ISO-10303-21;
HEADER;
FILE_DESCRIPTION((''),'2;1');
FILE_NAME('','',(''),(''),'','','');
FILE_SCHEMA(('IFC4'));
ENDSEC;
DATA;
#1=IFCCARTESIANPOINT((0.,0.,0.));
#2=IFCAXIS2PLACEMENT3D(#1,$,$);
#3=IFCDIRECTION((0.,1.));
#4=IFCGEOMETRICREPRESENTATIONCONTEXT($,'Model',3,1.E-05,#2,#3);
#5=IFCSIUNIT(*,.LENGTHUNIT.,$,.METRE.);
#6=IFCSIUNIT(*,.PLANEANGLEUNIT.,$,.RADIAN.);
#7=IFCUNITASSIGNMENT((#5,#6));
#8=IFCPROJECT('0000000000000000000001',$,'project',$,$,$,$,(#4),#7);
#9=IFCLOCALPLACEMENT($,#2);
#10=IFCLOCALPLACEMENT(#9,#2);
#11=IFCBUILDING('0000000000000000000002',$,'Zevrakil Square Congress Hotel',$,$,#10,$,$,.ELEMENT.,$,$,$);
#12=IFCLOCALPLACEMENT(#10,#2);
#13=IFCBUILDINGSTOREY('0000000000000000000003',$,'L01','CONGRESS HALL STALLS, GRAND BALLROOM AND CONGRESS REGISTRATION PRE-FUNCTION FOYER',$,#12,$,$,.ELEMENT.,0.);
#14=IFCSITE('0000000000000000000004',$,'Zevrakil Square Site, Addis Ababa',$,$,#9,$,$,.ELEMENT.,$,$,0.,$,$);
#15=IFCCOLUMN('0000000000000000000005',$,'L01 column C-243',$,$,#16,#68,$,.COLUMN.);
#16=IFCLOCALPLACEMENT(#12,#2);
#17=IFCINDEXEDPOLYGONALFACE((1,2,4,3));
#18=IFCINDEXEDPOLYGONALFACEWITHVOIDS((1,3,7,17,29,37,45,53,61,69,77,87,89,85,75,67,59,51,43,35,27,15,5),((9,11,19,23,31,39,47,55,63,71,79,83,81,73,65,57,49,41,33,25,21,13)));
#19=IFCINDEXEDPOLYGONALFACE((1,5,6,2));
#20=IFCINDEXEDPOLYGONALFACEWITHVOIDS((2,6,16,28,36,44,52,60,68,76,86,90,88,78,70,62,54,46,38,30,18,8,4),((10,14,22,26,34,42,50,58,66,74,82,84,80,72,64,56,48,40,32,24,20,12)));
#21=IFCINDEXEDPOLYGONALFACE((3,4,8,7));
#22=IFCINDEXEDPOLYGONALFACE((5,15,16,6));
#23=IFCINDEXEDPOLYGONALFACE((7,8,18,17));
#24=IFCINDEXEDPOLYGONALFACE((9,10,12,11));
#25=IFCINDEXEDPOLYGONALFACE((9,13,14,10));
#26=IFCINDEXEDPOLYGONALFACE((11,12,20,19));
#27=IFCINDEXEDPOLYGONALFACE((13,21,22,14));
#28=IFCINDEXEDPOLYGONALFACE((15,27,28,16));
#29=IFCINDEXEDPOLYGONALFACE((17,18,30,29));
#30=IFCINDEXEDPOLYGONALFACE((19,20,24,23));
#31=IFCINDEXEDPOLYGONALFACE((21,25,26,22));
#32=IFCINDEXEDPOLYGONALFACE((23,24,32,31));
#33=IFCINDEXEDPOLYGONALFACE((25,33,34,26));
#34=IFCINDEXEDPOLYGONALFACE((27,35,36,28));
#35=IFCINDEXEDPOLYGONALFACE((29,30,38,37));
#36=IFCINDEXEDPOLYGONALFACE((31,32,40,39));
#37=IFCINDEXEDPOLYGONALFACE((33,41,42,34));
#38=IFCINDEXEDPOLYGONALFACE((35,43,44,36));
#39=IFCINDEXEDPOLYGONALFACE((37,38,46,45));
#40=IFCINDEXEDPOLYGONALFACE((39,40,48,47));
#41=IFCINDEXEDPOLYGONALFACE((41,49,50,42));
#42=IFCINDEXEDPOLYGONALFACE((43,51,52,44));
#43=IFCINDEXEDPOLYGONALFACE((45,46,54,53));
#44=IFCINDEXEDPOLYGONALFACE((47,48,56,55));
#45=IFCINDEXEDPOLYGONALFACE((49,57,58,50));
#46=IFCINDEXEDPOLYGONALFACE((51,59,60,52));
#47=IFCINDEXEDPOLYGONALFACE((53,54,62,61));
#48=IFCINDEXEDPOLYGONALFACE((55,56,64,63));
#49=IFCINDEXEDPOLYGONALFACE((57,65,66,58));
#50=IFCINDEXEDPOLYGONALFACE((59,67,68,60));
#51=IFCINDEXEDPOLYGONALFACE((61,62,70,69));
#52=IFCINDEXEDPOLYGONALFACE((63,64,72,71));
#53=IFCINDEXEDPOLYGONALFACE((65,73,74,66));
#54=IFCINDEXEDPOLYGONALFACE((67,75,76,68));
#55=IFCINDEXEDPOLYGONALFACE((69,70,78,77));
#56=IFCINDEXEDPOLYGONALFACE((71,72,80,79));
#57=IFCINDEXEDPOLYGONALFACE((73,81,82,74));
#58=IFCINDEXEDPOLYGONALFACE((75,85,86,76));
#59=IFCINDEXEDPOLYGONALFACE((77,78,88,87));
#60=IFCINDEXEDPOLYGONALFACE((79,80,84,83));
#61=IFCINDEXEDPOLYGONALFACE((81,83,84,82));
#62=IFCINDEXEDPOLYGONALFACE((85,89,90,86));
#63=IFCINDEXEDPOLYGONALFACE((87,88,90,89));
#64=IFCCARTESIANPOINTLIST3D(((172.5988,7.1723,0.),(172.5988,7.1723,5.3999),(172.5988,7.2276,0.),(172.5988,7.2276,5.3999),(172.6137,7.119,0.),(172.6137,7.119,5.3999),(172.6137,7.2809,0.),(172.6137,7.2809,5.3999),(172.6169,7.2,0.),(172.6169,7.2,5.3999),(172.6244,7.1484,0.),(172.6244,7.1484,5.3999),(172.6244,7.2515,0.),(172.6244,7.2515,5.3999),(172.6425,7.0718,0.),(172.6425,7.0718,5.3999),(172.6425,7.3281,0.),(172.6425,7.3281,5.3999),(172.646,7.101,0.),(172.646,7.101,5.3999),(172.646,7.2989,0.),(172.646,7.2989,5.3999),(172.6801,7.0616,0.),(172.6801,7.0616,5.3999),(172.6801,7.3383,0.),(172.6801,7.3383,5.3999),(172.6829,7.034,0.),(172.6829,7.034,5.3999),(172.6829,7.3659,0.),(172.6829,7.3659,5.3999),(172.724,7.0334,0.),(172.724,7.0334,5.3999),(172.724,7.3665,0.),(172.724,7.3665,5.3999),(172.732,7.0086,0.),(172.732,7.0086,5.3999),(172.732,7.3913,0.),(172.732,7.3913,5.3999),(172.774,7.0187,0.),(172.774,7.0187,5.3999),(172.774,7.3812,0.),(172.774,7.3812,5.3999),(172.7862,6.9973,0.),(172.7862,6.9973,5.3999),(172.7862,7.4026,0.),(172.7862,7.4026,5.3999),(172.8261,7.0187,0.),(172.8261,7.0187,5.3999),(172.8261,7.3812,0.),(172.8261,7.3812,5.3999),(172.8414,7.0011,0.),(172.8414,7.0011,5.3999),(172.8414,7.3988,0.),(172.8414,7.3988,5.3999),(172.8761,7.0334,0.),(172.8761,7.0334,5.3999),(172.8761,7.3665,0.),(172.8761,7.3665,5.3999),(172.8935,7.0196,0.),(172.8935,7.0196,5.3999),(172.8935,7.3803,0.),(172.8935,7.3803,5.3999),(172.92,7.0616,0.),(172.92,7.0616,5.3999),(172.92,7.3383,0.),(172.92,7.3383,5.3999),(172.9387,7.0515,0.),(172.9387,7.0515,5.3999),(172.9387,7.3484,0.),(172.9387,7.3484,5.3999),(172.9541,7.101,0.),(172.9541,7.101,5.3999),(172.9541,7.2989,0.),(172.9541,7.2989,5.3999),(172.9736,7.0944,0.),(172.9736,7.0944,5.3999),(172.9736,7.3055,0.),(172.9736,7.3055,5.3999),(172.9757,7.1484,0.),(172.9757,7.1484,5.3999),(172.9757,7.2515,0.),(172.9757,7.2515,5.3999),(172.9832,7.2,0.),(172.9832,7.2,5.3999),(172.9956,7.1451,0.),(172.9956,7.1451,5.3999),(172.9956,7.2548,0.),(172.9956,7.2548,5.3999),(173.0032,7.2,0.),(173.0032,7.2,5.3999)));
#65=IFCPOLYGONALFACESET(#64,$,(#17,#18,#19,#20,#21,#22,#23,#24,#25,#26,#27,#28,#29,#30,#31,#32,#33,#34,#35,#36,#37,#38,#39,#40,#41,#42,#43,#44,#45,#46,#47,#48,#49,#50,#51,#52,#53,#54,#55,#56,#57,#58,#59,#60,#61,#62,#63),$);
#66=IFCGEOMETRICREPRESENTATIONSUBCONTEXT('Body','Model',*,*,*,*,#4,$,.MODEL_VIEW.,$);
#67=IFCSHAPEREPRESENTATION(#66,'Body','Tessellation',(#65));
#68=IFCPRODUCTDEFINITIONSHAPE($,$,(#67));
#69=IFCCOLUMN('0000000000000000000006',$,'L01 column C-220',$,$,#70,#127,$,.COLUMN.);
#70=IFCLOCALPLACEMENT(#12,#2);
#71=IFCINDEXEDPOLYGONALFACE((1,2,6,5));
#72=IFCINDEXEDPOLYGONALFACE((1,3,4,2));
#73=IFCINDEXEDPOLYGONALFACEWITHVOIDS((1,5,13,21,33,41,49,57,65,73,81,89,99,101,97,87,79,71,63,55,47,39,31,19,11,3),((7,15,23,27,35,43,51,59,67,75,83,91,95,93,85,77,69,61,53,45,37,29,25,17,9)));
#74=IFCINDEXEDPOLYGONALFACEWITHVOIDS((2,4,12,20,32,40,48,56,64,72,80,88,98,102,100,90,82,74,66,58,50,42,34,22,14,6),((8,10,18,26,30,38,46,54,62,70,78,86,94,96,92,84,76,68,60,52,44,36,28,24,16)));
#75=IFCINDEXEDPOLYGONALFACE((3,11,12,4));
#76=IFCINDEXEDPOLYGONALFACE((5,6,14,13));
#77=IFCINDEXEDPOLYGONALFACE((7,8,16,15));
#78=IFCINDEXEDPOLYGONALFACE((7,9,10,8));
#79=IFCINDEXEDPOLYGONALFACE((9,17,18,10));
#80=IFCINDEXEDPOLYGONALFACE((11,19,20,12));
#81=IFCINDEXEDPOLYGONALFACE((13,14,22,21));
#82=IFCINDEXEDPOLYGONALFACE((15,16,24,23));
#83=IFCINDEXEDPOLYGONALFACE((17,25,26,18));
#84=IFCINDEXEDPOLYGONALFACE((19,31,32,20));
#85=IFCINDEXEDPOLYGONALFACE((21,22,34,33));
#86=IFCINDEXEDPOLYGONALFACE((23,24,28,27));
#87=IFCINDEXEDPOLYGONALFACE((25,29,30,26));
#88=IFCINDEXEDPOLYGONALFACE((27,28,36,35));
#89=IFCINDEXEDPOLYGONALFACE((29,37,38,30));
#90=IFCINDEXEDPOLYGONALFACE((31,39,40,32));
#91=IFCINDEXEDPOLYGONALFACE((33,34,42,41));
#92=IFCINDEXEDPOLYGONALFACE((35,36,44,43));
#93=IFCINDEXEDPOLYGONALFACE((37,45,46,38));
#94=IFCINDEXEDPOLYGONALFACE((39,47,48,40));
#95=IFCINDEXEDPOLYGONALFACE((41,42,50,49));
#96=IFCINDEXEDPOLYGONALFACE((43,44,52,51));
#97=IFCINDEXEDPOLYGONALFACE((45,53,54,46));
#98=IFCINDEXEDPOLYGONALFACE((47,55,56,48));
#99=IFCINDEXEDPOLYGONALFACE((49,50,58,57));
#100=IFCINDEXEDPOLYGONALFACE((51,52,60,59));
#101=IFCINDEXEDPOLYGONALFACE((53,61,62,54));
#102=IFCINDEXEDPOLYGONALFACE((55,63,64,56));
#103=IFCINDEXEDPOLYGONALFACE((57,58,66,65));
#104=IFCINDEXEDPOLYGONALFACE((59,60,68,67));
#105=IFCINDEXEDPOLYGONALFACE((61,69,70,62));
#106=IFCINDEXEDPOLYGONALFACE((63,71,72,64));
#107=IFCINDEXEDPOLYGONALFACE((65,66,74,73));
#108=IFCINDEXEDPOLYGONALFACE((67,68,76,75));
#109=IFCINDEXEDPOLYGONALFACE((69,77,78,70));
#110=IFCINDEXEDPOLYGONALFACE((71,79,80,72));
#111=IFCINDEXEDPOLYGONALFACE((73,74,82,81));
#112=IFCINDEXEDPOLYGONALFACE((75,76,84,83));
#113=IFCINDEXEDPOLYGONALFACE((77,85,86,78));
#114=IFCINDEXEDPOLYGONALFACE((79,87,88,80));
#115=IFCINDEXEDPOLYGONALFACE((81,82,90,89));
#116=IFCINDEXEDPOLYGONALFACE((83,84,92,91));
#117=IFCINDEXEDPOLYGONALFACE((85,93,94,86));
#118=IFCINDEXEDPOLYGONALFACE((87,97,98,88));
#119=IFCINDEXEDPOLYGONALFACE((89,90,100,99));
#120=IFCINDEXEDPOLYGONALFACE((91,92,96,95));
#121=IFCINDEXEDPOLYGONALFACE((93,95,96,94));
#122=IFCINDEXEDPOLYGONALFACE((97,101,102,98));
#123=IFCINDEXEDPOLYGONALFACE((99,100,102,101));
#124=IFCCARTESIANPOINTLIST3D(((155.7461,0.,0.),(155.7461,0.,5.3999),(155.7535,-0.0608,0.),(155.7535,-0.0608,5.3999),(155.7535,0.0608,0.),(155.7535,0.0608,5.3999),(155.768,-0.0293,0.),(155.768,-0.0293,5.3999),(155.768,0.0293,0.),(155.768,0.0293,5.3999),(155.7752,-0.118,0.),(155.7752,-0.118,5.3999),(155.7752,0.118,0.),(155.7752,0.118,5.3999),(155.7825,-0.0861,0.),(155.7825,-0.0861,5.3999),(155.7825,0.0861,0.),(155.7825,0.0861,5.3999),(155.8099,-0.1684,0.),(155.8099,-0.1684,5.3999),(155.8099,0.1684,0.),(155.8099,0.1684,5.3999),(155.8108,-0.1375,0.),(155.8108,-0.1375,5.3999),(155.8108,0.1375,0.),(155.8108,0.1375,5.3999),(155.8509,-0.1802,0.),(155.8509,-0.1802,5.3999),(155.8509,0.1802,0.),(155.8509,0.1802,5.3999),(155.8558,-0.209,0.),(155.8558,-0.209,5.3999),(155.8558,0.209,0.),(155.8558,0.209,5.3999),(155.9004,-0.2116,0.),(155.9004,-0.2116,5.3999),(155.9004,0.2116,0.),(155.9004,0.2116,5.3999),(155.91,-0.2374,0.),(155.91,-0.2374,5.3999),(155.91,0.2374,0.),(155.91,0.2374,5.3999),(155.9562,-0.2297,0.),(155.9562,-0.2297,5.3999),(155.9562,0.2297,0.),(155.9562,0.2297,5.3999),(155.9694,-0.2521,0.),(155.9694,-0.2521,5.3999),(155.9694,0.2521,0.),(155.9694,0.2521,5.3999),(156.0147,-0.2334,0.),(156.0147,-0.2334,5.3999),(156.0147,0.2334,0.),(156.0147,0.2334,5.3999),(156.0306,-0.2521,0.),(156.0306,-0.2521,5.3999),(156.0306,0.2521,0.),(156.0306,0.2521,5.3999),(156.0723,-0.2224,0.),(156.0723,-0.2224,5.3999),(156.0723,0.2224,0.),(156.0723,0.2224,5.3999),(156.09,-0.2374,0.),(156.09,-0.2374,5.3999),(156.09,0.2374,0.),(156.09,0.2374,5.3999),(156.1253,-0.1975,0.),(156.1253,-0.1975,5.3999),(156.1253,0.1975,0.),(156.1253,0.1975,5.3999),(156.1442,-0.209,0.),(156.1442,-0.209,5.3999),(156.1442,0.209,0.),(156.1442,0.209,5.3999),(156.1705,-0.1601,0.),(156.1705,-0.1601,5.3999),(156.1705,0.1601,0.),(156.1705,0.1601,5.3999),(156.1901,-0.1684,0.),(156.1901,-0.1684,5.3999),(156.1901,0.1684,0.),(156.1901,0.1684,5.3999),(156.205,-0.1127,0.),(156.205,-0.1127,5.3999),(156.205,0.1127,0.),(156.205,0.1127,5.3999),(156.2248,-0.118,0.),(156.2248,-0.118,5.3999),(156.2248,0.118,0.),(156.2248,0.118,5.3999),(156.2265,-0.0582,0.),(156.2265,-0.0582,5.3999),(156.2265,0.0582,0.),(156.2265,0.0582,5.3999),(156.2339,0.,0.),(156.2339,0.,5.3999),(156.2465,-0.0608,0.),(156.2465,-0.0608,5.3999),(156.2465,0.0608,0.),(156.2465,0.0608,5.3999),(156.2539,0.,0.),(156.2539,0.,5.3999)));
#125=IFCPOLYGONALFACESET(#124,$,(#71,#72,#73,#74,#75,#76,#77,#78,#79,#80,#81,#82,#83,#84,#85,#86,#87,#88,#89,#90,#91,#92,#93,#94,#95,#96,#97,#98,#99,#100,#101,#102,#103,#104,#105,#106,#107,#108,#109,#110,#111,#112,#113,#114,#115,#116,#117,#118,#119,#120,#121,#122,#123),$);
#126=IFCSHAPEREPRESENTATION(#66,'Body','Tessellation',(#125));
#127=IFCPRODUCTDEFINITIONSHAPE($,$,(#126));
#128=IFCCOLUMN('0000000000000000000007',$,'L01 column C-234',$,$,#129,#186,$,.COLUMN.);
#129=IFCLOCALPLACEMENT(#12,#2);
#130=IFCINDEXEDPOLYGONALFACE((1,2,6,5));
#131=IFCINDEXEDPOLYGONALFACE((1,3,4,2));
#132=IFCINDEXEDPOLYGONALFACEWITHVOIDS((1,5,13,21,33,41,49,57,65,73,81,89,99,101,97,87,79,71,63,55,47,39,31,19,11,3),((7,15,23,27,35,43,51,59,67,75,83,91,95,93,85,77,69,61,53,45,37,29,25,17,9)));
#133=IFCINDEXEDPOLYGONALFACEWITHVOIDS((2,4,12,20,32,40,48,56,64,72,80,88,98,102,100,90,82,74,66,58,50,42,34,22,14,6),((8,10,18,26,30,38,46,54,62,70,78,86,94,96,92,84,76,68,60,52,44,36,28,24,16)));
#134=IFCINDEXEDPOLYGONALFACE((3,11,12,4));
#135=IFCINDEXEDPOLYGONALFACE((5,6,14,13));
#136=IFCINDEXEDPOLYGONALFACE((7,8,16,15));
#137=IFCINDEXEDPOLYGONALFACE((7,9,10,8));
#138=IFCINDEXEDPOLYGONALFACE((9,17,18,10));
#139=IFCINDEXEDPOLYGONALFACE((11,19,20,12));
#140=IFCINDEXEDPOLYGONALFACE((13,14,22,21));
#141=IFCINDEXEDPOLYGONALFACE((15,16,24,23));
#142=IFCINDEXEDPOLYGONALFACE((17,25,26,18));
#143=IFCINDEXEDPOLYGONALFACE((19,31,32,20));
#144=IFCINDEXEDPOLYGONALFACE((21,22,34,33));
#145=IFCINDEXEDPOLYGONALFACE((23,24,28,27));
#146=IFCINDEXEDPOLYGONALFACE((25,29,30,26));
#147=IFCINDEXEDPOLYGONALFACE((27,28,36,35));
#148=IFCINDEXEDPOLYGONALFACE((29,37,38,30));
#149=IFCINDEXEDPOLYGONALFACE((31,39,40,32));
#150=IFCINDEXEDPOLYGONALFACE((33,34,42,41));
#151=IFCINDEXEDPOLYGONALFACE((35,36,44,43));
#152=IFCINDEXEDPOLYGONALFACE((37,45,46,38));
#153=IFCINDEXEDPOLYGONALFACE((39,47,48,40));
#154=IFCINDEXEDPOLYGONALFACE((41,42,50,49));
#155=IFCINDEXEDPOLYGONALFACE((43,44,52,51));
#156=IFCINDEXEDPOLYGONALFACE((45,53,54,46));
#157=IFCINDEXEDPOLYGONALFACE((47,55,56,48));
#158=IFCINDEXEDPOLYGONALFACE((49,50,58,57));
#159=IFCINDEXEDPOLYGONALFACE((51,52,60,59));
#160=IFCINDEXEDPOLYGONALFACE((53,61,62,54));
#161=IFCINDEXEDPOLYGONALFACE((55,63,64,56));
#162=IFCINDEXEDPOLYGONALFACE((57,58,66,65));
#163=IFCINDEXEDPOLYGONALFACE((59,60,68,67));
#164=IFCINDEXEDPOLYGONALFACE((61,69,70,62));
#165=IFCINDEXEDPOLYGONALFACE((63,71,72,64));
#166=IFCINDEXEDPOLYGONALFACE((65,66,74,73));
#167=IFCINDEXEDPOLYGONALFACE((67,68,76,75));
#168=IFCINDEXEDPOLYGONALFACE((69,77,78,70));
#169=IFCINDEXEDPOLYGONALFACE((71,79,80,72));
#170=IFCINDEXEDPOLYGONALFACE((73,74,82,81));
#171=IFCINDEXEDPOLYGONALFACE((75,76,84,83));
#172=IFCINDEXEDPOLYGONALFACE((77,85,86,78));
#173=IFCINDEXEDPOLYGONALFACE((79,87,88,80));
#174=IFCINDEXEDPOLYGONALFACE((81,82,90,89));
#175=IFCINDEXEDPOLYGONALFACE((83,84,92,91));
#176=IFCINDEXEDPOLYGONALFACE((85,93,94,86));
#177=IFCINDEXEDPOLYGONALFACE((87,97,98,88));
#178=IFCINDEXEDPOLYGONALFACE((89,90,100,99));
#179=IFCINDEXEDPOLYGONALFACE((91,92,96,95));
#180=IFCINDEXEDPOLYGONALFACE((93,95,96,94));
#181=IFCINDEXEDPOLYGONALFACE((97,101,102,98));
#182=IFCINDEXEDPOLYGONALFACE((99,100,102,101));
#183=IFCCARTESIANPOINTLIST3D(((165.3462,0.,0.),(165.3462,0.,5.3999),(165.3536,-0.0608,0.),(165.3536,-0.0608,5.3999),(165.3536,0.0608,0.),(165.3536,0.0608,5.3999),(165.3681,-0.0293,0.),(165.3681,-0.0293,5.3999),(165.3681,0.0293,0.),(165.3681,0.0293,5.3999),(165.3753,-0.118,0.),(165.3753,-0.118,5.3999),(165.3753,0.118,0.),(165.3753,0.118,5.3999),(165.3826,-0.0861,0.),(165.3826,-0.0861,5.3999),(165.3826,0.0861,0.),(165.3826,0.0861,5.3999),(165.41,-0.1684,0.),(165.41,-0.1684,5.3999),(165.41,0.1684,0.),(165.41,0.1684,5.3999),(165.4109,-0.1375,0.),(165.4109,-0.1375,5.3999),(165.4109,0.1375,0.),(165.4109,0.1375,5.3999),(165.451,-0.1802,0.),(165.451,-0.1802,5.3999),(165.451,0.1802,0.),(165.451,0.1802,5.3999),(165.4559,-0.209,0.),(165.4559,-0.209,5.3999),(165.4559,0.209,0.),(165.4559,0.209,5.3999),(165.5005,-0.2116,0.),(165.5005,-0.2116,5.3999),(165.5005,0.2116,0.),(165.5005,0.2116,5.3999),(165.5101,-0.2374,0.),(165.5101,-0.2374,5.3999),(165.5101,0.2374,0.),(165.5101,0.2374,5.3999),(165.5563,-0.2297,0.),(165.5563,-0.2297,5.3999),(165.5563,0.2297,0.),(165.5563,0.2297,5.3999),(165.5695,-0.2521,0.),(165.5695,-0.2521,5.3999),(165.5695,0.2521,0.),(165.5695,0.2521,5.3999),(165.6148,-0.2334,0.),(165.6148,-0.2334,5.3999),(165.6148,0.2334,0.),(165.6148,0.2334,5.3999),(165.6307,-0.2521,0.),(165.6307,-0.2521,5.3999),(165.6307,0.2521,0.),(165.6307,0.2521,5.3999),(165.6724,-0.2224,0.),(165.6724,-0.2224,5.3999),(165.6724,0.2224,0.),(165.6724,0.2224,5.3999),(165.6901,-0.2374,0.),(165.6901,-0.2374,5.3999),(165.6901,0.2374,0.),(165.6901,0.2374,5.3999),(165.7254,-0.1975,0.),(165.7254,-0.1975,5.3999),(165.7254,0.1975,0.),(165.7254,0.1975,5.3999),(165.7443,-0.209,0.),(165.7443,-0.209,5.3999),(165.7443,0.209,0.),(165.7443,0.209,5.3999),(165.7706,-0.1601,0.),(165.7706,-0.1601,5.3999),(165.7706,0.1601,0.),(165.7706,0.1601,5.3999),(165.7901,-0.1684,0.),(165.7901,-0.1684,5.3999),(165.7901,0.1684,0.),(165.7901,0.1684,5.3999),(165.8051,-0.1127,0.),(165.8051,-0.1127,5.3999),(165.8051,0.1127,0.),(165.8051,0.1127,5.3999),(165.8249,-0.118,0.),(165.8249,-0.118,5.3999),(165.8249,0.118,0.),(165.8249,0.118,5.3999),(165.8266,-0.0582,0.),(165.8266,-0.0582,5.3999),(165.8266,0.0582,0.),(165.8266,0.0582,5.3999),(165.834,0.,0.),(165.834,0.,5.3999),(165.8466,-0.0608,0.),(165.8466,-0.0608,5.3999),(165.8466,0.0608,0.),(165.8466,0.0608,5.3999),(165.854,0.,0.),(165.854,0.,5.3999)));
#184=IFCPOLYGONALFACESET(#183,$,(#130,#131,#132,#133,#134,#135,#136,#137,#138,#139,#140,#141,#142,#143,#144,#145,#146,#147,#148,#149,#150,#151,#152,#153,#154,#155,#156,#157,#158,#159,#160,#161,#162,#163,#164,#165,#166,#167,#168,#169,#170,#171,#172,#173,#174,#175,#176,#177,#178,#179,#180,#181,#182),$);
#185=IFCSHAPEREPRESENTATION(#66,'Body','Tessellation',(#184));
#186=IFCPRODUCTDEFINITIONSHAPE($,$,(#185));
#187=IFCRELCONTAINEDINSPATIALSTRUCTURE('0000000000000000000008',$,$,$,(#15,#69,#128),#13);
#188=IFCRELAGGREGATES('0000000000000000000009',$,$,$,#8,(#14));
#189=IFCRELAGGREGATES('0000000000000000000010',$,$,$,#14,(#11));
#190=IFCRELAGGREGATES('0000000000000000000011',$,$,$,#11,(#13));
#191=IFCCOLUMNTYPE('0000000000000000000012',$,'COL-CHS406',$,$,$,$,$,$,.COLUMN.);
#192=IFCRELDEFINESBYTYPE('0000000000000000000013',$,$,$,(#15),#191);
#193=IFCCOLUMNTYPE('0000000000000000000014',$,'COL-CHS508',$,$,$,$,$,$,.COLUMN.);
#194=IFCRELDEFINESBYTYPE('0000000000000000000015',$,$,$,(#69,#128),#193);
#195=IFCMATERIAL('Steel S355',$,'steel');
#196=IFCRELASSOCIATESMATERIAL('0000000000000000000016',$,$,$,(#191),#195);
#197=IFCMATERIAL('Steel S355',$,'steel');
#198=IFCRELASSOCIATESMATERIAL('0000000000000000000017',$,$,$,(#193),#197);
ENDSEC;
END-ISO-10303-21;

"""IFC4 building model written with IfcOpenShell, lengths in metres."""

from ifc_helpers import new_model, si_unit, direction, frame, origin, origin_2d, place, context, subcontext, project, spatial, hollow_circle, extrude, material, material_profile, profile_set, type_object, element, save


model = new_model("IFC4")

# Units and contexts
model_context = context("Model", 3, precision=1e-05, world=origin(), true_north=direction((0.0, 1.0)))
body_context = subcontext(model_context, "Body", "Model", "MODEL_VIEW")
ifc_project = project(units=[si_unit("LENGTHUNIT", "METRE"), si_unit("PLANEANGLEUNIT", "RADIAN")], contexts=[model_context])

# Site, building, storey
site_placement = place(None, origin())
site = spatial("IfcSite", under=ifc_project, at=site_placement, Name="Zevrakil Square Site, Addis Ababa", CompositionType="ELEMENT", RefElevation=0.0)
building_placement = place(site_placement, origin())
building = spatial("IfcBuilding", under=site, at=building_placement, Name="Zevrakil Square Congress Hotel", CompositionType="ELEMENT")
storey_placement = place(building_placement, origin())
storey = spatial("IfcBuildingStorey", under=building, at=storey_placement, Name="L01", Description="CONGRESS HALL STALLS, GRAND BALLROOM AND CONGRESS REGISTRATION PRE-FUNCTION FOYER", CompositionType="ELEMENT", Elevation=0.0)

# Columns
ifc_material_1 = material(Name="Steel S355", Category="steel")
ifc_material_profile_1 = material_profile(ifc_material_1, hollow_circle(Radius=0.2031, WallThickness=0.02, at=origin_2d()), Name="CHS 406.4x20")
ifc_profile_set_1 = profile_set([ifc_material_profile_1], Name="Steel S355")
column_type_1 = type_object("IfcColumnType", Name="COL-CHS406", PredefinedType="COLUMN", material=ifc_profile_set_1)
column_placement = place(storey_placement, frame((172.8, 7.2, 0.0), z_axis=(0.0, 0.0, 1.0), x_axis=(1.0, 0.0, 0.0)))
element("IfcColumn", 1, at=column_placement, inside=storey, type_object=column_type_1, Name="L01 column C-243", PredefinedType="COLUMN", context=body_context, shape_type="SweptSolid", body=[
    extrude(hollow_circle(Radius=0.2031, WallThickness=0.02, at=origin_2d()), origin(), (0.0, 0.0, 1.0), 5.3999),
])
ifc_material_2 = material(Name="Steel S355", Category="steel")
ifc_material_profile_2 = material_profile(ifc_material_2, hollow_circle(Radius=0.2539, WallThickness=0.02, at=origin_2d()), Name="CHS 508x20")
ifc_profile_set_2 = profile_set([ifc_material_profile_2], Name="Steel S355")
column_type_2 = type_object("IfcColumnType", Name="COL-CHS508", PredefinedType="COLUMN", material=ifc_profile_set_2)
for number, where, z_axis, x_axis, name in (
    (2, (156.0, 0.0, 0.0), (0.0, 0.0, 1.0), (1.0, 0.0, 0.0), "L01 column C-220"),
    (3, (165.6001, 0.0, 0.0), (0.0, 0.0, 1.0), (1.0, 0.0, 0.0), "L01 column C-234"),
):
    element("IfcColumn", number, at=place(storey_placement, frame(where, z_axis=z_axis, x_axis=x_axis)), inside=storey, type_object=column_type_2, Name=name, PredefinedType="COLUMN", context=body_context, shape_type="SweptSolid", body=[
        extrude(hollow_circle(Radius=0.2539, WallThickness=0.02, at=origin_2d()), origin(), (0.0, 0.0, 1.0), 5.3999),
    ])

save(model, "model.ifc")
